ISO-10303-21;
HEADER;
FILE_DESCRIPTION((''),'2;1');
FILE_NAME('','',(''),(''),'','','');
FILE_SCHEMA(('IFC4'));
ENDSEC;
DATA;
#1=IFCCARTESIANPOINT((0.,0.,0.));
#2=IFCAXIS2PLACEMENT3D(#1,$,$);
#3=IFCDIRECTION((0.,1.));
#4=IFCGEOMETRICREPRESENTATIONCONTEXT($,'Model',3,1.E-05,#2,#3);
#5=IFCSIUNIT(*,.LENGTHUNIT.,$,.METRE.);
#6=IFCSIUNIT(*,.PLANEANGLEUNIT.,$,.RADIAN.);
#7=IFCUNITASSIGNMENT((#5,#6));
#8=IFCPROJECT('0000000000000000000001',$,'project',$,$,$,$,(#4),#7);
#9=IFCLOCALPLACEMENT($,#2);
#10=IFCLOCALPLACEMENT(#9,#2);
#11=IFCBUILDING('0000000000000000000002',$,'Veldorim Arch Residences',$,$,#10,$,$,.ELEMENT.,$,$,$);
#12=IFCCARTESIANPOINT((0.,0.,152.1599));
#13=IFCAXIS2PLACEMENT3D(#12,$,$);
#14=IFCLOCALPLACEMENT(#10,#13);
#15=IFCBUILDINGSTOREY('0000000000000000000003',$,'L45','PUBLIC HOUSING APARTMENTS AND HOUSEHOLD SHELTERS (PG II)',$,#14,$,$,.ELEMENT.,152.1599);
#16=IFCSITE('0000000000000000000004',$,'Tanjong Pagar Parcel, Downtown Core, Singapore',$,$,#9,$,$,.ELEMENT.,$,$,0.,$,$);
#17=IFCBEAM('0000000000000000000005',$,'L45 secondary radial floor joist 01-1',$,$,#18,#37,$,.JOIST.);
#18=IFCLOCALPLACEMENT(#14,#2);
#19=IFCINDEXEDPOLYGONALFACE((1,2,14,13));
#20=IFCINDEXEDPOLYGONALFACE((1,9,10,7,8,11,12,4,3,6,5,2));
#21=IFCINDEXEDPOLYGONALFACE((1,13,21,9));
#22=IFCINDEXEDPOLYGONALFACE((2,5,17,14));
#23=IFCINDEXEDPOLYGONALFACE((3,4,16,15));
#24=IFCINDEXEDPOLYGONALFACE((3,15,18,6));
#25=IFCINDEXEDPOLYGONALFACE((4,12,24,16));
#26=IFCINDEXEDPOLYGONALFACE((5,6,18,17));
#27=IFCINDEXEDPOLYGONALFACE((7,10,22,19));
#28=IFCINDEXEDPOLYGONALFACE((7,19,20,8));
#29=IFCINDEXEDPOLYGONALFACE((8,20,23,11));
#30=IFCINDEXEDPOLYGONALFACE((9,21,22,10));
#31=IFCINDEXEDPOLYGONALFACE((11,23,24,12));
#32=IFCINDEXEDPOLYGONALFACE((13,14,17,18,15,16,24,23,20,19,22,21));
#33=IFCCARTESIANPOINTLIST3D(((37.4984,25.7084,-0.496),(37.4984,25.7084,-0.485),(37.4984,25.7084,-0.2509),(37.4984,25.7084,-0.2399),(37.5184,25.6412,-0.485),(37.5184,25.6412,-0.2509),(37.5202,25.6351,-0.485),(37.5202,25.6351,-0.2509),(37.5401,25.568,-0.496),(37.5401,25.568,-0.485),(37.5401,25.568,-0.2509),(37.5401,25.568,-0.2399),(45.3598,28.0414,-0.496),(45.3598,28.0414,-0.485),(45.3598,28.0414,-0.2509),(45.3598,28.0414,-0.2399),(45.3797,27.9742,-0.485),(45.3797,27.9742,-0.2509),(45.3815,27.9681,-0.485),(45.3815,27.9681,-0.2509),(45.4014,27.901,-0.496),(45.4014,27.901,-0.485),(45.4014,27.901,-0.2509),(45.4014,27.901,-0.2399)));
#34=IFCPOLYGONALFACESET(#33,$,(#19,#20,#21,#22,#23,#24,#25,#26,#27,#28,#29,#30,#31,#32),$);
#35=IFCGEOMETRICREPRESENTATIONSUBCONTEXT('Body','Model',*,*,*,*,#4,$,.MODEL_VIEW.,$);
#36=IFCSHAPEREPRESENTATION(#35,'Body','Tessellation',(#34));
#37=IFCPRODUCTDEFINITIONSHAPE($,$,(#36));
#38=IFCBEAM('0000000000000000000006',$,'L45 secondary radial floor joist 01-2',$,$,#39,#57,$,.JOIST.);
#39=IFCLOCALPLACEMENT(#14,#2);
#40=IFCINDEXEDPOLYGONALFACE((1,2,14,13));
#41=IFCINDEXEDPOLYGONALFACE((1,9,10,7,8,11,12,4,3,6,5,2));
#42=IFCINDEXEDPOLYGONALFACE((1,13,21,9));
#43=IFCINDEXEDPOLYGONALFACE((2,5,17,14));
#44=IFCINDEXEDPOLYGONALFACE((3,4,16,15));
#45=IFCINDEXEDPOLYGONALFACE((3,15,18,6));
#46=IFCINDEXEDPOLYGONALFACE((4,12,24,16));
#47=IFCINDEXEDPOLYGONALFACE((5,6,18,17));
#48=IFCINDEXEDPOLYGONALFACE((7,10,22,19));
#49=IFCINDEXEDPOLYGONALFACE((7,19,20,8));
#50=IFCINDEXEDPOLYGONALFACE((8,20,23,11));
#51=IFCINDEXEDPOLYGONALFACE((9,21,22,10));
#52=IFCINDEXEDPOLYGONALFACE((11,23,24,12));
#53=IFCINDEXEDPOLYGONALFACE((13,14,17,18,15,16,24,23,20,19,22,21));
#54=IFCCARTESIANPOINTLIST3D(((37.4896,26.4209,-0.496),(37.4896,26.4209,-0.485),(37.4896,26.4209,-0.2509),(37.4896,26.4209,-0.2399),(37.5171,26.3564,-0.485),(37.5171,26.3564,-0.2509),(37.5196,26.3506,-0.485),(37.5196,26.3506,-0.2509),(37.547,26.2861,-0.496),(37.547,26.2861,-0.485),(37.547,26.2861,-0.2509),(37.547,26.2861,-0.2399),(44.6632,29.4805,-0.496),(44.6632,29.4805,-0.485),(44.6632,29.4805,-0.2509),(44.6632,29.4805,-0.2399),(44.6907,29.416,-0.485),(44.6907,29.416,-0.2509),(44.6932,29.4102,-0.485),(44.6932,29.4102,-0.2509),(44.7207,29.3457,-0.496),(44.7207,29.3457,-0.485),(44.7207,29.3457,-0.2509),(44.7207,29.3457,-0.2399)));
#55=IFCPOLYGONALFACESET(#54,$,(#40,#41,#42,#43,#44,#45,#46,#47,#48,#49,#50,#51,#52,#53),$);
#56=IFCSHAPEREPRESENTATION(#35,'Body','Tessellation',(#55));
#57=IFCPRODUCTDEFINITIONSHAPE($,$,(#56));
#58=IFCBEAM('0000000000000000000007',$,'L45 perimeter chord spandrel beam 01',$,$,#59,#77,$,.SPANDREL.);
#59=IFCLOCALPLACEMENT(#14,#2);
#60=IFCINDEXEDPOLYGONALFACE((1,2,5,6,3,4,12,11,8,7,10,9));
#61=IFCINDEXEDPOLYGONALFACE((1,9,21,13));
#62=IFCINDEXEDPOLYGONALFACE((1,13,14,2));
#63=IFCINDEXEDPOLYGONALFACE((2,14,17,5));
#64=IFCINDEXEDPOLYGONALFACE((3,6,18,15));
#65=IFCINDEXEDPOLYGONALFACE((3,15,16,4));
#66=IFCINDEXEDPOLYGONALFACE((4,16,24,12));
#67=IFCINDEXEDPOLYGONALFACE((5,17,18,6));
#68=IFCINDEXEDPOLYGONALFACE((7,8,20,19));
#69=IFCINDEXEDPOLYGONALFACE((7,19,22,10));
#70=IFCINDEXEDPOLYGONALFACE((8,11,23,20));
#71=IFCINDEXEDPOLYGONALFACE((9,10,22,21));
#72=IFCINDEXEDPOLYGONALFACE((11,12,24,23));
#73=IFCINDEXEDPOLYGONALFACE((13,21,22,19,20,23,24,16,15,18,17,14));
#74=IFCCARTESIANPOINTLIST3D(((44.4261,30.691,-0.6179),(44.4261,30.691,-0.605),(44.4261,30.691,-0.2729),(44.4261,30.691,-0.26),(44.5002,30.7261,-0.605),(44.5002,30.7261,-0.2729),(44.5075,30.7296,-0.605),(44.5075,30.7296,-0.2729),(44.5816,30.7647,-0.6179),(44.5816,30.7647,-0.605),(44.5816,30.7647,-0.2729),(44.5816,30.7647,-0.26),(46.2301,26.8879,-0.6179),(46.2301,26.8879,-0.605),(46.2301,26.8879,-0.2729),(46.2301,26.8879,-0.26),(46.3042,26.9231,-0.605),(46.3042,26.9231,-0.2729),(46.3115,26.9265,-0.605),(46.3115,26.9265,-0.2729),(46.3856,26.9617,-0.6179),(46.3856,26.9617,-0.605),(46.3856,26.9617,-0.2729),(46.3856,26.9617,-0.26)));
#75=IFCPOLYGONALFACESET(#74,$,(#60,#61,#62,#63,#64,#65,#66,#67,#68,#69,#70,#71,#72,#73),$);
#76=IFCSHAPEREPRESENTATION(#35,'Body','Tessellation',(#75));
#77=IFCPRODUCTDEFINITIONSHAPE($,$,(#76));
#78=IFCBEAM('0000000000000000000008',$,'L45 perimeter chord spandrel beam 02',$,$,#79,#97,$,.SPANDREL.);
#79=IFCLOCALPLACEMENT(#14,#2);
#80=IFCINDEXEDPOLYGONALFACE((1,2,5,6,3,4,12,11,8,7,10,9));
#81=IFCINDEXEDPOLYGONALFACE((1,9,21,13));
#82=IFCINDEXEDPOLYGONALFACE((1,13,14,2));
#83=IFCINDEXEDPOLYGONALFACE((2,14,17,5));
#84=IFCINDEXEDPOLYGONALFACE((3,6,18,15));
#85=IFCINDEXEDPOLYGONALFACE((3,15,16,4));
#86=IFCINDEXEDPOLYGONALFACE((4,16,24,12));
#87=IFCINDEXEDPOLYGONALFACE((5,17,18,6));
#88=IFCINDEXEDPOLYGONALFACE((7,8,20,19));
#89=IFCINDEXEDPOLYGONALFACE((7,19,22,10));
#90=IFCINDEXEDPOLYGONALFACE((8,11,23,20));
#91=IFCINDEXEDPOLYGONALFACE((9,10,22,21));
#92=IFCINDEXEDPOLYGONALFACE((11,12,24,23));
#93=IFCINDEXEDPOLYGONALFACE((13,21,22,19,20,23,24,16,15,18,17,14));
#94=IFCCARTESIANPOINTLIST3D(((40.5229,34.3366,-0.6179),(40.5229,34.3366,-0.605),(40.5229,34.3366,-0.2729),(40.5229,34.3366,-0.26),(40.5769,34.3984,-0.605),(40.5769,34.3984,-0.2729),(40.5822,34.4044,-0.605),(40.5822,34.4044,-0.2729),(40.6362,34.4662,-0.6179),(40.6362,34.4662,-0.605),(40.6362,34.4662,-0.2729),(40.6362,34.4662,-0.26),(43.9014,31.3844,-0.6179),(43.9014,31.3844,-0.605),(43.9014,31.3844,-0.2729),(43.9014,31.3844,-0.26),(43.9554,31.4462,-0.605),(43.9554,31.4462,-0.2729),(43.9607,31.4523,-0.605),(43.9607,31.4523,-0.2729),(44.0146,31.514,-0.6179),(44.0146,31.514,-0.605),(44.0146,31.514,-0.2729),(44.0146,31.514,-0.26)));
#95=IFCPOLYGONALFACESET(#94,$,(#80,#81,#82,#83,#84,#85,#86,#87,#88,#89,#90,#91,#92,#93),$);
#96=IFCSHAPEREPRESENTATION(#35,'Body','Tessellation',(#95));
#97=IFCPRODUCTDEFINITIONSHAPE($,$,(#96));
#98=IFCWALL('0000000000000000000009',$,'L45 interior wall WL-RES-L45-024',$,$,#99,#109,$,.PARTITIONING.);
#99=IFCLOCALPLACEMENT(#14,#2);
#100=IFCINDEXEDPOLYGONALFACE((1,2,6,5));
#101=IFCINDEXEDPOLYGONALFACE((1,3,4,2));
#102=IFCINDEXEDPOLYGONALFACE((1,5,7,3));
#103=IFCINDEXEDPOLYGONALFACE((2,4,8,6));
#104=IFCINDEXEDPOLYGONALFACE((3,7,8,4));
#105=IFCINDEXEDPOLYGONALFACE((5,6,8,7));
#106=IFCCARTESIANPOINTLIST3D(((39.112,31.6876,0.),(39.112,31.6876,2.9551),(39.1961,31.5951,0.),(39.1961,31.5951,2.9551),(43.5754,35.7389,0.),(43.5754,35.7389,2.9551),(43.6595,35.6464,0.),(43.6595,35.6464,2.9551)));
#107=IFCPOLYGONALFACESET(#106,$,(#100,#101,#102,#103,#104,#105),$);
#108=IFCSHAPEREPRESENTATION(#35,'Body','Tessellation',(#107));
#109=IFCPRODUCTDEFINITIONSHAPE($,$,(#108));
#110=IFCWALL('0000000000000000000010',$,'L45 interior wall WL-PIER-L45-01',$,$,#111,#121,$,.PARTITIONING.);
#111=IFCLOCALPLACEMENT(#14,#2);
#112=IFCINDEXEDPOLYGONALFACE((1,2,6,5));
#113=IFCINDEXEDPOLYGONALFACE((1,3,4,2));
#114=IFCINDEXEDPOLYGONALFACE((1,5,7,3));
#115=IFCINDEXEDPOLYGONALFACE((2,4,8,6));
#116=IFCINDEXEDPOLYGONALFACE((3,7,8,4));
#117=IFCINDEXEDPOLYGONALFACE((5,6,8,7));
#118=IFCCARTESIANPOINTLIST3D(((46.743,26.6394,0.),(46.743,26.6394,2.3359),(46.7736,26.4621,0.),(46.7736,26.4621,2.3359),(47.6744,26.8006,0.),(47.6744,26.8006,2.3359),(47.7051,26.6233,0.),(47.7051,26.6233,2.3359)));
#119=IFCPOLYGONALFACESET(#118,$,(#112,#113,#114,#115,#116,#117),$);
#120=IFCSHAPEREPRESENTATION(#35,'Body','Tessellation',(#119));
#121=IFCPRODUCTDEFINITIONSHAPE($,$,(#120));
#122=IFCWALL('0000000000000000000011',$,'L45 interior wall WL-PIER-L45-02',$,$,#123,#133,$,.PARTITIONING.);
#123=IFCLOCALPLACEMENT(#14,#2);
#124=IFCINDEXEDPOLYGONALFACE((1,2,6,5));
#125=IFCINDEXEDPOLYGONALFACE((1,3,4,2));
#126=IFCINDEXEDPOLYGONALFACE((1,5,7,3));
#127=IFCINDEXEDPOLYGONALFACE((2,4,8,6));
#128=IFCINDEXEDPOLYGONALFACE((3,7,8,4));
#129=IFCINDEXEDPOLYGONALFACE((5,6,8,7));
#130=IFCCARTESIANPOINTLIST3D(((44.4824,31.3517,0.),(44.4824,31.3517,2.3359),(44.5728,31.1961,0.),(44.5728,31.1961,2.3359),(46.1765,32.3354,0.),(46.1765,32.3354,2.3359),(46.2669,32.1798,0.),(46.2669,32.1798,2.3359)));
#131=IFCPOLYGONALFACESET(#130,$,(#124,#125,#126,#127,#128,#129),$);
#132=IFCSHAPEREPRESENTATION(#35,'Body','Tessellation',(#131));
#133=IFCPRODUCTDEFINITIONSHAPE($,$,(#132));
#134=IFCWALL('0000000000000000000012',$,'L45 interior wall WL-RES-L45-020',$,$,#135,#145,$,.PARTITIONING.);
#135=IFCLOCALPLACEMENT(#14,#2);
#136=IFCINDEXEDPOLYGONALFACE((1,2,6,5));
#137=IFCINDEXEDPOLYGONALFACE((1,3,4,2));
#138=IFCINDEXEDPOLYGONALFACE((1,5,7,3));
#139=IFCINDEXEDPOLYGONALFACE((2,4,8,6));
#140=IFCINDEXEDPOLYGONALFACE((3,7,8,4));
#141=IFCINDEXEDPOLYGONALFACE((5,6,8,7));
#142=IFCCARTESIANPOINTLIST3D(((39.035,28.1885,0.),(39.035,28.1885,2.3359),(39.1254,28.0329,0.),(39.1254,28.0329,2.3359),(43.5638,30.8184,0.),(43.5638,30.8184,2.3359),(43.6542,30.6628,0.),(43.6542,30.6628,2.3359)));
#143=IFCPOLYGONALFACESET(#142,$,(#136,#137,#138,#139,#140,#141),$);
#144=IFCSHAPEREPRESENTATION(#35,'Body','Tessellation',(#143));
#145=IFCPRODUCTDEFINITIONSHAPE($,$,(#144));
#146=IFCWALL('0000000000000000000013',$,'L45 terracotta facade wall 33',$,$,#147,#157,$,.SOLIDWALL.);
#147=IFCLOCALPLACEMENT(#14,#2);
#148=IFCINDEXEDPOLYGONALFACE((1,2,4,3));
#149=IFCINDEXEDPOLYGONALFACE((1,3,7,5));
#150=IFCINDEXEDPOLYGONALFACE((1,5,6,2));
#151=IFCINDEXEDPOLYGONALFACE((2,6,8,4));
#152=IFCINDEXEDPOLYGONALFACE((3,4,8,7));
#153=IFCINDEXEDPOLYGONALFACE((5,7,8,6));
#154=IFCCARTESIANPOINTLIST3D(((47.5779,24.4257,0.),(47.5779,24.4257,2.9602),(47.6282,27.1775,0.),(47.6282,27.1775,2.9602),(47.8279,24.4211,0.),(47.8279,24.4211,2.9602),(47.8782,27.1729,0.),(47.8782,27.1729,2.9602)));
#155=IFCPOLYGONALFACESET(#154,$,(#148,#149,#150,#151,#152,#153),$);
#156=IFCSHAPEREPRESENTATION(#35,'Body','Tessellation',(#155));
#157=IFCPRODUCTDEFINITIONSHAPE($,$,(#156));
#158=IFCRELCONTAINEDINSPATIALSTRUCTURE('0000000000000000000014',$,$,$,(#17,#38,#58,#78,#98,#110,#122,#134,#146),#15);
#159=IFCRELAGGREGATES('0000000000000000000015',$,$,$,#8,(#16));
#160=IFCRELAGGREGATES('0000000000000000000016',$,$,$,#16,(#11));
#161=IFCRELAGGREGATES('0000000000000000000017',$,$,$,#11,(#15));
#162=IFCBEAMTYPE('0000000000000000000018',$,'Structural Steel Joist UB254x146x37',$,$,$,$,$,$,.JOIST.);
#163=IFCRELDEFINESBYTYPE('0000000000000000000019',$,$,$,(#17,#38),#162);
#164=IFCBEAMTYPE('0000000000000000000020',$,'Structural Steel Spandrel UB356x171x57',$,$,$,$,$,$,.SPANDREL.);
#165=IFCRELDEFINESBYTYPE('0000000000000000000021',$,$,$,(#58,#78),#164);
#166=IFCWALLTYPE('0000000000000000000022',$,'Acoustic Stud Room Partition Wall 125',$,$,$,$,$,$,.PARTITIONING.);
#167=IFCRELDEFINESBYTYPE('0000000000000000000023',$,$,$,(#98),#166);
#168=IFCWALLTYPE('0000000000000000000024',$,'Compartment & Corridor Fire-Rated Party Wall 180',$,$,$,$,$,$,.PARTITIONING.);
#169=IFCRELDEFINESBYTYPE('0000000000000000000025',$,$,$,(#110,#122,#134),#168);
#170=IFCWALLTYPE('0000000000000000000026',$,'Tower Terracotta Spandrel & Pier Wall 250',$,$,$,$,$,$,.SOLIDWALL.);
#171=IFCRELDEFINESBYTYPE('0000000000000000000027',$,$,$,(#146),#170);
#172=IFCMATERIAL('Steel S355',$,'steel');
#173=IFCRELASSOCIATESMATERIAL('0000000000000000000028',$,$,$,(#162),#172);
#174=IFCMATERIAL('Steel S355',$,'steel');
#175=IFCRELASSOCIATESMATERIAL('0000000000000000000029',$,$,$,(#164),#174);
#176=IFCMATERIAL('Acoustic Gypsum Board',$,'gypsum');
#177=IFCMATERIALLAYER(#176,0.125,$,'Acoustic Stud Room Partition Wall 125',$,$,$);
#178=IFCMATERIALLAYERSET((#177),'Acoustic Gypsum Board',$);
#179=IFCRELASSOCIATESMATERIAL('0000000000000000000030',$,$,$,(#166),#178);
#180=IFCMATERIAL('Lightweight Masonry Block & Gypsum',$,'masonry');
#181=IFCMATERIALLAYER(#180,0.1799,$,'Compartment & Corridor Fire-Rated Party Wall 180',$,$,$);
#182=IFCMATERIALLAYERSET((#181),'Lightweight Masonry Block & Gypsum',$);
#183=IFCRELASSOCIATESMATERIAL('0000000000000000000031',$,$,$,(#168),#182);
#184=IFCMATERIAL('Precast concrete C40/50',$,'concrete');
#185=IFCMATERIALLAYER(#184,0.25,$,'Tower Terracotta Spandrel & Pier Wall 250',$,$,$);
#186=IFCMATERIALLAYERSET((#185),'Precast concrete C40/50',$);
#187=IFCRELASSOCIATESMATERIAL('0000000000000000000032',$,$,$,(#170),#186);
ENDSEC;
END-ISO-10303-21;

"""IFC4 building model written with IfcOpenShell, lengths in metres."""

from ifc_helpers import new_model, si_unit, direction, frame, frame_2d, origin, origin_2d, place, context, subcontext, project, spatial, rectangle, i_section, extrude, material, layer, layer_set, material_profile, profile_set, type_object, element, save


model = new_model("IFC4")

# Units and contexts
model_context = context("Model", 3, precision=1e-05, world=origin(), true_north=direction((0.0, 1.0)))
body_context = subcontext(model_context, "Body", "Model", "MODEL_VIEW")
ifc_project = project(units=[si_unit("LENGTHUNIT", "METRE"), si_unit("PLANEANGLEUNIT", "RADIAN")], contexts=[model_context])

# Site, building, storey
site_placement = place(None, origin())
site = spatial("IfcSite", under=ifc_project, at=site_placement, Name="Tanjong Pagar Parcel, Downtown Core, Singapore", CompositionType="ELEMENT", RefElevation=0.0)
building_placement = place(site_placement, origin())
building = spatial("IfcBuilding", under=site, at=building_placement, Name="Veldorim Arch Residences", CompositionType="ELEMENT")
storey_placement = place(building_placement, frame((0.0, 0.0, 152.1599)))
storey = spatial("IfcBuildingStorey", under=building, at=storey_placement, Name="L45", Description="PUBLIC HOUSING APARTMENTS AND HOUSEHOLD SHELTERS (PG II)", CompositionType="ELEMENT", Elevation=152.1599)

# Beams
ifc_material_1 = material(Name="Steel S355", Category="steel")
ifc_material_profile_1 = material_profile(ifc_material_1, i_section(OverallWidth=0.1465, OverallDepth=0.2561, WebThickness=0.0063, FlangeThickness=0.011, at=origin_2d()), Name="UB254x146x37")
ifc_profile_set_1 = profile_set([ifc_material_profile_1], Name="Steel S355")
beam_type_1 = type_object("IfcBeamType", Name="Structural Steel Joist UB254x146x37", PredefinedType="JOIST", material=ifc_profile_set_1)
beam_1_placement = place(storey_placement, frame((37.5193, 25.6382, -0.3679), z_axis=(0.958674, 0.284506, 0.0), x_axis=(-0.284506, 0.958674, 0.0)))
element("IfcBeam", 1, at=beam_1_placement, inside=storey, type_object=beam_type_1, Name="L45 secondary radial floor joist 01-1", PredefinedType="JOIST", context=body_context, shape_type="SweptSolid", body=[
    extrude(i_section(OverallWidth=0.1465, OverallDepth=0.2561, WebThickness=0.0063, FlangeThickness=0.011, at=origin_2d()), origin(), (0.0, 0.0, 1.0), 8.2002),
])
beam_2_placement = place(storey_placement, frame((37.5183, 26.3535, -0.3679), z_axis=(0.919832, 0.392313, 0.0), x_axis=(-0.392313, 0.919832, 0.0)))
element("IfcBeam", 2, at=beam_2_placement, inside=storey, type_object=beam_type_1, Name="L45 secondary radial floor joist 01-2", PredefinedType="JOIST", context=body_context, shape_type="SweptSolid", body=[
    extrude(i_section(OverallWidth=0.1465, OverallDepth=0.2561, WebThickness=0.0063, FlangeThickness=0.011, at=origin_2d()), origin(), (0.0, 0.0, 1.0), 7.7988),
])
ifc_material_2 = material(Name="Steel S355", Category="steel")
ifc_material_profile_2 = material_profile(ifc_material_2, i_section(OverallWidth=0.1721, OverallDepth=0.3579, WebThickness=0.0081, FlangeThickness=0.0129, at=origin_2d()), Name="UB356x171x57")
ifc_profile_set_2 = profile_set([ifc_material_profile_2], Name="Steel S355")
beam_type_2 = type_object("IfcBeamType", Name="Structural Steel Spandrel UB356x171x57", PredefinedType="SPANDREL", material=ifc_profile_set_2)
beam_3_placement = place(storey_placement, frame((46.3079, 26.9248, -0.439), z_axis=(-0.42858, 0.903504, 0.0), x_axis=(-0.903504, -0.42858, 0.0)))
element("IfcBeam", 3, at=beam_3_placement, inside=storey, type_object=beam_type_2, Name="L45 perimeter chord spandrel beam 01", PredefinedType="SPANDREL", context=body_context, shape_type="SweptSolid", body=[
    extrude(i_section(OverallWidth=0.1721, OverallDepth=0.3579, WebThickness=0.0081, FlangeThickness=0.0129, at=origin_2d()), origin(), (0.0, 0.0, 1.0), 4.2092),
])
beam_4_placement = place(storey_placement, frame((43.958, 31.4492, -0.439), z_axis=(-0.753015, 0.658004, 0.0), x_axis=(-0.658004, -0.753015, 0.0)))
element("IfcBeam", 4, at=beam_4_placement, inside=storey, type_object=beam_type_2, Name="L45 perimeter chord spandrel beam 02", PredefinedType="SPANDREL", context=body_context, shape_type="SweptSolid", body=[
    extrude(i_section(OverallWidth=0.1721, OverallDepth=0.3579, WebThickness=0.0081, FlangeThickness=0.0129, at=origin_2d()), origin(), (0.0, 0.0, 1.0), 4.4866),
])

# Walls
ifc_material_3 = material(Name="Acoustic Gypsum Board", Category="gypsum")
ifc_layer_1 = layer(ifc_material_3, 0.125, Name="Acoustic Stud Room Partition Wall 125")
ifc_layer_set_1 = layer_set([ifc_layer_1], Name="Acoustic Gypsum Board")
wall_type_1 = type_object("IfcWallType", Name="Acoustic Stud Room Partition Wall 125", PredefinedType="PARTITIONING", material=ifc_layer_set_1)
wall_1_placement = place(storey_placement, frame((39.1541, 31.6414, 0.0), z_axis=(0.0, 0.0, 1.0), x_axis=(0.740464, 0.672096, 0.0)))
element("IfcWall", 5, at=wall_1_placement, inside=storey, type_object=wall_type_1, Name="L45 interior wall WL-RES-L45-024", PredefinedType="PARTITIONING", context=body_context, shape_type="SweptSolid", body=[
    extrude(rectangle(XDim=6.0278, YDim=0.125, at=frame_2d((3.0139, 0.0))), origin(), (0.0, 0.0, 1.0), 2.9551),
])
ifc_material_4 = material(Name="Lightweight Masonry Block & Gypsum", Category="masonry")
ifc_layer_2 = layer(ifc_material_4, 0.1799, Name="Compartment & Corridor Fire-Rated Party Wall 180")
ifc_layer_set_2 = layer_set([ifc_layer_2], Name="Lightweight Masonry Block & Gypsum")
wall_type_2 = type_object("IfcWallType", Name="Compartment & Corridor Fire-Rated Party Wall 180", PredefinedType="PARTITIONING", material=ifc_layer_set_2)
wall_2_placement = place(storey_placement, frame((46.7583, 26.5508, 0.0), z_axis=(0.0, 0.0, 1.0), x_axis=(0.985363, 0.170469, 0.0)))
element("IfcWall", 6, at=wall_2_placement, inside=storey, type_object=wall_type_2, Name="L45 interior wall WL-PIER-L45-01", PredefinedType="PARTITIONING", context=body_context, shape_type="SweptSolid", body=[
    extrude(rectangle(XDim=0.9453, YDim=0.1799, at=frame_2d((0.4727, 0.0))), origin(), (0.0, 0.0, 1.0), 2.3359),
])
wall_3_placement = place(storey_placement, frame((44.5276, 31.2739, 0.0), z_axis=(0.0, 0.0, 1.0), x_axis=(0.864794, 0.502126, 0.0)))
element("IfcWall", 7, at=wall_3_placement, inside=storey, type_object=wall_type_2, Name="L45 interior wall WL-PIER-L45-02", PredefinedType="PARTITIONING", context=body_context, shape_type="SweptSolid", body=[
    extrude(rectangle(XDim=1.959, YDim=0.1799, at=frame_2d((0.9795, 0.0))), origin(), (0.0, 0.0, 1.0), 2.3359),
])
wall_4_placement = place(storey_placement, frame((39.0801, 28.1106, 0.0), z_axis=(0.0, 0.0, 1.0), x_axis=(0.864768, 0.502172, 0.0)))
element("IfcWall", 8, at=wall_4_placement, inside=storey, type_object=wall_type_2, Name="L45 interior wall WL-RES-L45-020", PredefinedType="PARTITIONING", context=body_context, shape_type="SweptSolid", body=[
    extrude(rectangle(XDim=5.2371, YDim=0.1799, at=frame_2d((2.6187, 0.0))), origin(), (0.0, 0.0, 1.0), 2.3359),
])
ifc_material_5 = material(Name="Precast concrete C40/50", Category="concrete")
ifc_layer_3 = layer(ifc_material_5, 0.25, Name="Tower Terracotta Spandrel & Pier Wall 250")
ifc_layer_set_3 = layer_set([ifc_layer_3], Name="Precast concrete C40/50")
wall_type_3 = type_object("IfcWallType", Name="Tower Terracotta Spandrel & Pier Wall 250", PredefinedType="SOLIDWALL", material=ifc_layer_set_3)
wall_5_placement = place(storey_placement, frame((47.7532, 27.175, 0.0), z_axis=(0.0, 0.0, 1.0), x_axis=(-0.018274, -0.999833, 0.0)))
element("IfcWall", 9, at=wall_5_placement, inside=storey, type_object=wall_type_3, Name="L45 terracotta facade wall 33", PredefinedType="SOLIDWALL", context=body_context, shape_type="SweptSolid", body=[
    extrude(rectangle(XDim=2.7522, YDim=0.25, at=frame_2d((1.376, 0.0))), origin(), (0.0, 0.0, 1.0), 2.9602),
])

save(model, "model.ifc")
